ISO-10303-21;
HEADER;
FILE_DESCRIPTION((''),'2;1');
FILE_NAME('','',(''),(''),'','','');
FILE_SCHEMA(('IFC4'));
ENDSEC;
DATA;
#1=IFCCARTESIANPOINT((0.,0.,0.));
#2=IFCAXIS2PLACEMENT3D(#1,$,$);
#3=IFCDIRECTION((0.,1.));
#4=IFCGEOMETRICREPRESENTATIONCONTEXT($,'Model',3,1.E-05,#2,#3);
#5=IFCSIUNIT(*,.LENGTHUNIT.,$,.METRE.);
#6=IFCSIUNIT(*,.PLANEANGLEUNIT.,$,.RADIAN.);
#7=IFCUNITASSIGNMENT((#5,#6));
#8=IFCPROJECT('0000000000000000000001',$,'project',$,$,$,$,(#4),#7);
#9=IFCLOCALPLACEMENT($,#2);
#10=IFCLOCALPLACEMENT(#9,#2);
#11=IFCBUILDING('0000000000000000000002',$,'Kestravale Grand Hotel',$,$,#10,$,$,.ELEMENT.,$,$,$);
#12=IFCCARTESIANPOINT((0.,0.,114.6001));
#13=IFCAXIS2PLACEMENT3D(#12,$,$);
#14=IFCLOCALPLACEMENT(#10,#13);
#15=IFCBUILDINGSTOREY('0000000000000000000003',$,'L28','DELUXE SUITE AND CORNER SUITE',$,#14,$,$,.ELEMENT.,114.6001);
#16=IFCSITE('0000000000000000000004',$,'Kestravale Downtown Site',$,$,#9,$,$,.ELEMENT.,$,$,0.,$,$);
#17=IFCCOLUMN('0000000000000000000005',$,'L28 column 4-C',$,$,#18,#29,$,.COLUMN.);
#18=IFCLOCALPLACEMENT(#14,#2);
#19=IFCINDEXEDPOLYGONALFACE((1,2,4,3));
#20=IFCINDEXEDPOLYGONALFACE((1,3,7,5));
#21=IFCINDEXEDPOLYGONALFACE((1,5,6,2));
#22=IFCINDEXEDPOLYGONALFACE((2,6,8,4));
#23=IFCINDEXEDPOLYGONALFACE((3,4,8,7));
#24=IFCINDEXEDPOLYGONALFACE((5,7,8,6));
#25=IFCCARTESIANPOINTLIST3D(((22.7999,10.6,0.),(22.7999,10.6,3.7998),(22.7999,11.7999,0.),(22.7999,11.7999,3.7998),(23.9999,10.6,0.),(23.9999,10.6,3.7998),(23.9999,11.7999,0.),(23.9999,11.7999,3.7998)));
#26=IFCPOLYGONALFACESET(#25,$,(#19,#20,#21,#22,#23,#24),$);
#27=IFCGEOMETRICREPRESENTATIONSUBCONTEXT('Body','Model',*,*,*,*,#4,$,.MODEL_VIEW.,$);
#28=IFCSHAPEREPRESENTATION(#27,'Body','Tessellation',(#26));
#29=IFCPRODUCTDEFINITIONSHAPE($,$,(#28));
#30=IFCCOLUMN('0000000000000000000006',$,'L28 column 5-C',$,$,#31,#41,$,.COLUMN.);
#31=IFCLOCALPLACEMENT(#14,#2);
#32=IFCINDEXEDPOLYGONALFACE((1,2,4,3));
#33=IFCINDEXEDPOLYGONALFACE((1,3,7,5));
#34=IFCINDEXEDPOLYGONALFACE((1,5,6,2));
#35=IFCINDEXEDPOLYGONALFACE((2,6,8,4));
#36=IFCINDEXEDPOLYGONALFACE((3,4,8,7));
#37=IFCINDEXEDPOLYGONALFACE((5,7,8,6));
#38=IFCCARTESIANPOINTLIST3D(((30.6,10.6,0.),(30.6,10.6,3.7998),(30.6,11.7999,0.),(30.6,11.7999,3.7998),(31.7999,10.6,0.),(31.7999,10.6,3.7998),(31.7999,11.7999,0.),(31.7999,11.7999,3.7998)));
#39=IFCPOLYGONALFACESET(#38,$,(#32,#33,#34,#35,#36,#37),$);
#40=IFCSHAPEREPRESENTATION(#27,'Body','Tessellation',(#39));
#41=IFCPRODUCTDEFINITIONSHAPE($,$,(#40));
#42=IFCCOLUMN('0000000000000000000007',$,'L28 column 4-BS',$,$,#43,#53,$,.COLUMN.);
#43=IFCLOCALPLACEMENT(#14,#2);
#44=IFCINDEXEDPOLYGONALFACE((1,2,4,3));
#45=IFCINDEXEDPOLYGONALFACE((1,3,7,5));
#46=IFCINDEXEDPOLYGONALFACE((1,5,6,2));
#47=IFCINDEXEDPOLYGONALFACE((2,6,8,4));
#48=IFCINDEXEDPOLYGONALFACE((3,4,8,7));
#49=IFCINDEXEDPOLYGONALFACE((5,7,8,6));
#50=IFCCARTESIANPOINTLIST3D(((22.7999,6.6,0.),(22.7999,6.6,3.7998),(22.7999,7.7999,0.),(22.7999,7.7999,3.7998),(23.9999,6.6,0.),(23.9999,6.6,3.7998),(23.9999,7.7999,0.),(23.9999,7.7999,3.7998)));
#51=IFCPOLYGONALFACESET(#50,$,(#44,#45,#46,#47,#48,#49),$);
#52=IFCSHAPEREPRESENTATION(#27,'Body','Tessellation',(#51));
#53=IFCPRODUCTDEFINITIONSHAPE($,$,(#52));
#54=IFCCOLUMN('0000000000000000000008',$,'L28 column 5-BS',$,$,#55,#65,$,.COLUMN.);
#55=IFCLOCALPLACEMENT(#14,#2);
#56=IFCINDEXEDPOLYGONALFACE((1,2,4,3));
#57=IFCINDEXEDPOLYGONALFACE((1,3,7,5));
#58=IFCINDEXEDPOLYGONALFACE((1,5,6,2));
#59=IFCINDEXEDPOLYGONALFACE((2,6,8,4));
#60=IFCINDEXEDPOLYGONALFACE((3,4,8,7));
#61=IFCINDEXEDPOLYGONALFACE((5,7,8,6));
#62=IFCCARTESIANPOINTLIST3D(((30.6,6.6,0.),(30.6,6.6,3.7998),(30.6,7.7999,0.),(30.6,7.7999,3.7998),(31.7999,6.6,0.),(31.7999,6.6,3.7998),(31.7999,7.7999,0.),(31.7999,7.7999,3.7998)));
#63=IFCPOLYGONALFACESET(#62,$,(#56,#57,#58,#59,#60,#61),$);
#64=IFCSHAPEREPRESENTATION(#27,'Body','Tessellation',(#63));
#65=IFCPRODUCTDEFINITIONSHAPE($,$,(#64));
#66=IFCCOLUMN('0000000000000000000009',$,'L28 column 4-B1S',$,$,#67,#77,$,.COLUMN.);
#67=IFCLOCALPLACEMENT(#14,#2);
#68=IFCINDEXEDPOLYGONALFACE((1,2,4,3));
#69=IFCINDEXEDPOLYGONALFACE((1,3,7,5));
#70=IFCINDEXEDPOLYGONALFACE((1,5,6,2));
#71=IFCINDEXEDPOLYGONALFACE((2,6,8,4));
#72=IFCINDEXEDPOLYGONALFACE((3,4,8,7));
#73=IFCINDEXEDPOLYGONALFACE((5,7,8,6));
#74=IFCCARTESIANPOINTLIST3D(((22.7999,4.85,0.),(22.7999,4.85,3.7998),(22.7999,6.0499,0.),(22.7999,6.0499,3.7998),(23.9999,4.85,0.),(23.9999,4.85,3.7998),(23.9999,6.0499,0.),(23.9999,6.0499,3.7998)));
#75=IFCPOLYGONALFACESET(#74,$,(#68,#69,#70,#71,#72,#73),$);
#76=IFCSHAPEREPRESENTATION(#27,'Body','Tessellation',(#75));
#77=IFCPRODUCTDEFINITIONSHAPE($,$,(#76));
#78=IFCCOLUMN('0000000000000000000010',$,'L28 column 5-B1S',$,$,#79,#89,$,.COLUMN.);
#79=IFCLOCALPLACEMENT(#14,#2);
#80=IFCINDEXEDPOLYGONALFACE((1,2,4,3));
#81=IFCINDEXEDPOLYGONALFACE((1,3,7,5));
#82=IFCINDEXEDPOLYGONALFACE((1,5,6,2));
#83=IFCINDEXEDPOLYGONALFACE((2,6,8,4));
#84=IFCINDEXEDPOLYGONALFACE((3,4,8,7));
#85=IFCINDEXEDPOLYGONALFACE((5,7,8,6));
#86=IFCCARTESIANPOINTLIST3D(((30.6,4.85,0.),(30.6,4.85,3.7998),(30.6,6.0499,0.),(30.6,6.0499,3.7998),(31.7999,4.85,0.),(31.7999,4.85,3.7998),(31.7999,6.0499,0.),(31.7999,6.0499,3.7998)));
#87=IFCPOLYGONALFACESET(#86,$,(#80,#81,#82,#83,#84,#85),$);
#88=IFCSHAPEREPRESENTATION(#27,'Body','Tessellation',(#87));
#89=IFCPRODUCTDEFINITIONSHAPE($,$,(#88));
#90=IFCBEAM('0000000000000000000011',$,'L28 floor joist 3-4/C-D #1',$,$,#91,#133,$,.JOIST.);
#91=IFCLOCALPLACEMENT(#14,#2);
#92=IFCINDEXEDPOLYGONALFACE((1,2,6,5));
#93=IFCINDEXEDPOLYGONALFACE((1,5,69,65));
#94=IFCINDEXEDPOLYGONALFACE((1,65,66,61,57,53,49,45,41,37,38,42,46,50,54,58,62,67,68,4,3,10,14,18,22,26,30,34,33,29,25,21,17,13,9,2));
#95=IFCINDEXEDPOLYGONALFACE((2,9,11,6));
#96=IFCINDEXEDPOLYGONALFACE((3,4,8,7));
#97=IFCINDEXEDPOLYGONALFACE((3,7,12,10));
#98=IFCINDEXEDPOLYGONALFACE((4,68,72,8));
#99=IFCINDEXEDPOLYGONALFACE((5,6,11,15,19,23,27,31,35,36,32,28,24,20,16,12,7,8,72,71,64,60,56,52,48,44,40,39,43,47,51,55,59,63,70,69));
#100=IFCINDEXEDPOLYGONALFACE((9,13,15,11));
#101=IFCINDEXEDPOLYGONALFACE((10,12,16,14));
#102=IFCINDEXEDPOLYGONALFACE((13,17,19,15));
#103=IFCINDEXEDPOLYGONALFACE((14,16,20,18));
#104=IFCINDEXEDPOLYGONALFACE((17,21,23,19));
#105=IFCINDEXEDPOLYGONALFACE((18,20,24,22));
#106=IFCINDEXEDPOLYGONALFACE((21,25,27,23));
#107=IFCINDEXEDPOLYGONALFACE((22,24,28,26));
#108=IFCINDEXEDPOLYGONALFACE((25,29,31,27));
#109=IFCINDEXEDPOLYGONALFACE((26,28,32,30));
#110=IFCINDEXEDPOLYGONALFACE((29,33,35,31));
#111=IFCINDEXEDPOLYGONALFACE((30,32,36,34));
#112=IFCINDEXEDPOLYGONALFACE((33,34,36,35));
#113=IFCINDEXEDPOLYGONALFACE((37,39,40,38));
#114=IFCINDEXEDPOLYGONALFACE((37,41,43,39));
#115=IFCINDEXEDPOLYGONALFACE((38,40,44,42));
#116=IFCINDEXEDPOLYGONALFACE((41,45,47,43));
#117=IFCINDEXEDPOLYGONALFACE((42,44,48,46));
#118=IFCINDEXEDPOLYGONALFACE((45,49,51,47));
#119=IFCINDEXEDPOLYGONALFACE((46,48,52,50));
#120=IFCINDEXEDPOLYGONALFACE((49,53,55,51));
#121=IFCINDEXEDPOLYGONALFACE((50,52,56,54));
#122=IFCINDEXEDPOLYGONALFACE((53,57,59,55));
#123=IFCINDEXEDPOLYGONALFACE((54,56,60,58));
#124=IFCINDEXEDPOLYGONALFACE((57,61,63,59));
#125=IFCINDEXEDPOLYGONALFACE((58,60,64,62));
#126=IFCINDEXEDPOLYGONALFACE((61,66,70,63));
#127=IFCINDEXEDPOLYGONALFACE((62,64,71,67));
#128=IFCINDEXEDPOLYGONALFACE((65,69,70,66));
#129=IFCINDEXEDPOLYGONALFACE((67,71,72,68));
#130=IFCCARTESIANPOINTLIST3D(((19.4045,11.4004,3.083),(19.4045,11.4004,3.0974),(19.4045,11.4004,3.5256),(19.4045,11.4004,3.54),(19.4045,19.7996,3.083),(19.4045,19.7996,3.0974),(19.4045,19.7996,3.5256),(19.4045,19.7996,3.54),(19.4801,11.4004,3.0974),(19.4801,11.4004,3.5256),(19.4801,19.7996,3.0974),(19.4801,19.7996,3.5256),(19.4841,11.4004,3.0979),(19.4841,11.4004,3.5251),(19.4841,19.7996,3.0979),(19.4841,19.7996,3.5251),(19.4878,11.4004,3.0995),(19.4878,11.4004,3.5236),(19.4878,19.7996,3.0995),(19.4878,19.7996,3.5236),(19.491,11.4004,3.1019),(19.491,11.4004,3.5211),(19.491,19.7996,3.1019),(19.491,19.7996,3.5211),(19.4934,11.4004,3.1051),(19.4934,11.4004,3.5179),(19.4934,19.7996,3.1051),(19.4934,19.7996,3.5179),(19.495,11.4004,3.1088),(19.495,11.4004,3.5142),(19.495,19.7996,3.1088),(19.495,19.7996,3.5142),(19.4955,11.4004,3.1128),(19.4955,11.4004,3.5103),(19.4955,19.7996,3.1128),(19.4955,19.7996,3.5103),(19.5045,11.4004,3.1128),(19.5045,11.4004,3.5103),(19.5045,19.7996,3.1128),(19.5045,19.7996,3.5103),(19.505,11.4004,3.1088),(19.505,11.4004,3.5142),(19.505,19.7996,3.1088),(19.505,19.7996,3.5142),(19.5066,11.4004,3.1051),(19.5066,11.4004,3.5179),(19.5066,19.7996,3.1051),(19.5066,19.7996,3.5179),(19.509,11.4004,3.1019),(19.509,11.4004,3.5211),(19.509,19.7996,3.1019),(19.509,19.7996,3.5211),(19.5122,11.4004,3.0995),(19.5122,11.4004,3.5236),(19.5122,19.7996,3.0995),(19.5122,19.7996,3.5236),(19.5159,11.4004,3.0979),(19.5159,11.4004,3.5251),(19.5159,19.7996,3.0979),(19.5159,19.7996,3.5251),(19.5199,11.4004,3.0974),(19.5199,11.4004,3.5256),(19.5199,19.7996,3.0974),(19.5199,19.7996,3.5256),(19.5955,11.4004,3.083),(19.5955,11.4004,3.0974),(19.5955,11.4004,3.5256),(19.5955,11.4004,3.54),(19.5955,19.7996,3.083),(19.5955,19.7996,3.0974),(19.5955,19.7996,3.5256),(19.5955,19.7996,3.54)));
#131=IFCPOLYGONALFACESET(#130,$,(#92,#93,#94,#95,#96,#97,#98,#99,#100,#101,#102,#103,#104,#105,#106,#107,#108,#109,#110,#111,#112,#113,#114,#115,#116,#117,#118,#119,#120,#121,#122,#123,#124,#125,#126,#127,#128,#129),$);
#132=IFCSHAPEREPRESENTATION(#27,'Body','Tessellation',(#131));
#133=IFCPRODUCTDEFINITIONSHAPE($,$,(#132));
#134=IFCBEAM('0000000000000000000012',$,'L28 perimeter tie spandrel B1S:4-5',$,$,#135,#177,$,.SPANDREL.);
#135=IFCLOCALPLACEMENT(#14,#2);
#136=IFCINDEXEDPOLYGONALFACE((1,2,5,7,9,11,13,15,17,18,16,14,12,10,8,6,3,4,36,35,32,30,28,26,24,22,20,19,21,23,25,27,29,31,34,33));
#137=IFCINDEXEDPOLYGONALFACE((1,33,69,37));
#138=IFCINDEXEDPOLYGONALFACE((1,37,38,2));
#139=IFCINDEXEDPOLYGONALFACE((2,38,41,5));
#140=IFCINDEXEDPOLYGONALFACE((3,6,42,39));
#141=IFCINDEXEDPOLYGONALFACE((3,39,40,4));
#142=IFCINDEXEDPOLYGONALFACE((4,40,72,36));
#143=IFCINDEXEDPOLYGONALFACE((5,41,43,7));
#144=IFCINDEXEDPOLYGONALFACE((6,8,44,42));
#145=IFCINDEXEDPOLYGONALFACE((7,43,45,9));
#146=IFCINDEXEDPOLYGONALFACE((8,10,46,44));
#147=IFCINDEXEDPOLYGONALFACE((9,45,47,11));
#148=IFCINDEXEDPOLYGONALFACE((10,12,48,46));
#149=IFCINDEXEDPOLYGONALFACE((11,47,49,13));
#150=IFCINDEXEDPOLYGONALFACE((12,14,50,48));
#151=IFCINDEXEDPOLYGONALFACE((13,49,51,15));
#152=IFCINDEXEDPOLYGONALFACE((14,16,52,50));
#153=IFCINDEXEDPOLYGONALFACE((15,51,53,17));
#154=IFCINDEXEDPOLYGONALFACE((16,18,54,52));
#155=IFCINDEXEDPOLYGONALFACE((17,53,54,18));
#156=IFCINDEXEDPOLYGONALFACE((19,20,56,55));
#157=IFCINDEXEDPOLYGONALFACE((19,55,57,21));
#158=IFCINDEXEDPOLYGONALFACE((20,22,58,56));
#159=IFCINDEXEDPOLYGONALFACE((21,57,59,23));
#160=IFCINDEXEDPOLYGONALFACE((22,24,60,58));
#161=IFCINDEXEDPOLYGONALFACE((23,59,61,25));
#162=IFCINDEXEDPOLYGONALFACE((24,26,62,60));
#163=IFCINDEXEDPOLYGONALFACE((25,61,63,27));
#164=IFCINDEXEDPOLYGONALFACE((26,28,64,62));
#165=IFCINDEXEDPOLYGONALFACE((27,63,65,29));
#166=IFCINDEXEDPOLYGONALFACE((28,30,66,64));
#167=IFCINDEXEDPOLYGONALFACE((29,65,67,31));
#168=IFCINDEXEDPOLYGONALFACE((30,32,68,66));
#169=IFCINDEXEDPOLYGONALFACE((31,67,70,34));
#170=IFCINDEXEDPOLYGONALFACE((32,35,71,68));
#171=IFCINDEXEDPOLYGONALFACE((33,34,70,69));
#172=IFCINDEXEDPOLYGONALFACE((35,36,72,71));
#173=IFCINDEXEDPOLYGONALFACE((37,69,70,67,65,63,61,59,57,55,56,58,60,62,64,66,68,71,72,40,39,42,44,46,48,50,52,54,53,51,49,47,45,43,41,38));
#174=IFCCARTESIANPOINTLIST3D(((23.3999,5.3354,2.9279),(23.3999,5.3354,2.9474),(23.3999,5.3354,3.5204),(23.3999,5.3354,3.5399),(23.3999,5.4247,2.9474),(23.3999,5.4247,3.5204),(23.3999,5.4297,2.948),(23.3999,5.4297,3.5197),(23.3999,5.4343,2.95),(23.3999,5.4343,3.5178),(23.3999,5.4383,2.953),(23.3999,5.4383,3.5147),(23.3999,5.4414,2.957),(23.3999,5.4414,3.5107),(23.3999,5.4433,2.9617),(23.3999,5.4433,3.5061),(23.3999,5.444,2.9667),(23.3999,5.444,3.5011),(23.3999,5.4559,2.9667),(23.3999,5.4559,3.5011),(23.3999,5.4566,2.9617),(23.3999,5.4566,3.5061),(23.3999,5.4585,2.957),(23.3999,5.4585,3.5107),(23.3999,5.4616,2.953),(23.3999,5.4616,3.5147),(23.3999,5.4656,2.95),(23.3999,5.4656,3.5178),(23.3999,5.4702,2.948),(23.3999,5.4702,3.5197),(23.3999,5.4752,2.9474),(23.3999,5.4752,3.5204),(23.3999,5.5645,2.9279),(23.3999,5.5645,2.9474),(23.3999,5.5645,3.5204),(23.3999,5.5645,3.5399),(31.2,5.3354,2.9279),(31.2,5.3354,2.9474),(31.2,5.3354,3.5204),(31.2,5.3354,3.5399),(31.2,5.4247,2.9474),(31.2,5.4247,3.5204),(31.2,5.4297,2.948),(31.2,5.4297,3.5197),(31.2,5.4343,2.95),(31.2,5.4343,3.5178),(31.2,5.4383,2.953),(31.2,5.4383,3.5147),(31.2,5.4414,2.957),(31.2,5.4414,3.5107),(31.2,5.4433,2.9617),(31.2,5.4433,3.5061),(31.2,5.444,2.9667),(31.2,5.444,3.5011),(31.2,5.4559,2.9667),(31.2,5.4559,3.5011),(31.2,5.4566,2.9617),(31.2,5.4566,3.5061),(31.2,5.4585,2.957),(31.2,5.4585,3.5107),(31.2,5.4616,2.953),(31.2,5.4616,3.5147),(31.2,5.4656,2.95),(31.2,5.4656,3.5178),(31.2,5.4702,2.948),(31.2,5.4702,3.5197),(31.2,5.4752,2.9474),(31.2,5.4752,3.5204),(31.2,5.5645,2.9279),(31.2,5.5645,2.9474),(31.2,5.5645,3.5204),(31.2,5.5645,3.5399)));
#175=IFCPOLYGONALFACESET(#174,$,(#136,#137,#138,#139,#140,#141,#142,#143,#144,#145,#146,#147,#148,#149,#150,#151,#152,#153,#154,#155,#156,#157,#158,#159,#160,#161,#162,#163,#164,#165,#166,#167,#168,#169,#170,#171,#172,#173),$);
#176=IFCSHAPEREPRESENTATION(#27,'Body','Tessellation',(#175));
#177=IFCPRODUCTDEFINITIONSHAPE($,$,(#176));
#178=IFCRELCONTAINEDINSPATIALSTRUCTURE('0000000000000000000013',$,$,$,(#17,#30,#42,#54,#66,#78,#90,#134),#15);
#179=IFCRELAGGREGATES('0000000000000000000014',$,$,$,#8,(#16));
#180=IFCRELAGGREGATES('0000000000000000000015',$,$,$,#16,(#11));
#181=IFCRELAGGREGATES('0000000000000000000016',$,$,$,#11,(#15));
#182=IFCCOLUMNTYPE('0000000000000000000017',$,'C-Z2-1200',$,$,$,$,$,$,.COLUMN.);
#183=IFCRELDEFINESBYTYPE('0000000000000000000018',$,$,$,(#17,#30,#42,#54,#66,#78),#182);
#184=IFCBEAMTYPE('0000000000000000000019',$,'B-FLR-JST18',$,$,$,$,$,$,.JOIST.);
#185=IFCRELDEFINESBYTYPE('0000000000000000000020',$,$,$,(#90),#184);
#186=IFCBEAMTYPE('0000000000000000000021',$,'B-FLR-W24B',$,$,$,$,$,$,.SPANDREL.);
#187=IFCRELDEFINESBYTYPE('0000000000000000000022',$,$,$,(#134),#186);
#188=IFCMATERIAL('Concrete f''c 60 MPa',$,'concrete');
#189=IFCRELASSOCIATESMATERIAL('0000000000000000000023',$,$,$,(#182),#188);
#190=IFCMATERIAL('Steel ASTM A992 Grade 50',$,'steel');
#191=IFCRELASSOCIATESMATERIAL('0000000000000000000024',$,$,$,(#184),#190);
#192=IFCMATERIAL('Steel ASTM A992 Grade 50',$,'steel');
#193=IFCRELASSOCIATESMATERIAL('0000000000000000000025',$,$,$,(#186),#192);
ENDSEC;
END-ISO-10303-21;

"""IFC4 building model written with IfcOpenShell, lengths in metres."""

from ifc_helpers import new_model, si_unit, direction, frame, origin, origin_2d, place, context, subcontext, project, spatial, rectangle, i_section, extrude, material, material_profile, profile_set, type_object, element, save


model = new_model("IFC4")

# Units and contexts
model_context = context("Model", 3, precision=1e-05, world=origin(), true_north=direction((0.0, 1.0)))
body_context = subcontext(model_context, "Body", "Model", "MODEL_VIEW")
ifc_project = project(units=[si_unit("LENGTHUNIT", "METRE"), si_unit("PLANEANGLEUNIT", "RADIAN")], contexts=[model_context])

# Site, building, storey
site_placement = place(None, origin())
site = spatial("IfcSite", under=ifc_project, at=site_placement, Name="Kestravale Downtown Site", CompositionType="ELEMENT", RefElevation=0.0)
building_placement = place(site_placement, origin())
building = spatial("IfcBuilding", under=site, at=building_placement, Name="Kestravale Grand Hotel", CompositionType="ELEMENT")
storey_placement = place(building_placement, frame((0.0, 0.0, 114.6001)))
storey = spatial("IfcBuildingStorey", under=building, at=storey_placement, Name="L28", Description="DELUXE SUITE AND CORNER SUITE", CompositionType="ELEMENT", Elevation=114.6001)

# Columns
ifc_material_1 = material(Name="Concrete f'c 60 MPa", Category="concrete")
ifc_material_profile_1 = material_profile(ifc_material_1, rectangle(XDim=1.2, YDim=1.2, at=origin_2d()))
ifc_profile_set_1 = profile_set([ifc_material_profile_1], Name="Concrete f'c 60 MPa")
column_type = type_object("IfcColumnType", Name="C-Z2-1200", PredefinedType="COLUMN", material=ifc_profile_set_1)
for number, where, z_axis, x_axis, name in (
    (1, (23.3999, 11.2, 0.0), (0.0, 0.0, 1.0), (1.0, 0.0, 0.0), "L28 column 4-C"),
    (2, (31.2, 11.2, 0.0), (0.0, 0.0, 1.0), (1.0, 0.0, 0.0), "L28 column 5-C"),
    (3, (23.3999, 7.2, 0.0), (0.0, 0.0, 1.0), (1.0, 0.0, 0.0), "L28 column 4-BS"),
    (4, (31.2, 7.2, 0.0), (0.0, 0.0, 1.0), (1.0, 0.0, 0.0), "L28 column 5-BS"),
    (5, (23.3999, 5.45, 0.0), (0.0, 0.0, 1.0), (1.0, 0.0, 0.0), "L28 column 4-B1S"),
    (6, (31.2, 5.45, 0.0), (0.0, 0.0, 1.0), (1.0, 0.0, 0.0), "L28 column 5-B1S"),
):
    element("IfcColumn", number, at=place(storey_placement, frame(where, z_axis=z_axis, x_axis=x_axis)), inside=storey, type_object=column_type, Name=name, PredefinedType="COLUMN", context=body_context, shape_type="SweptSolid", body=[
        extrude(rectangle(XDim=1.2, YDim=1.2, at=origin_2d()), origin(), (0.0, 0.0, 1.0), 3.7998),
    ])

# Beams
ifc_material_2 = material(Name="Steel ASTM A992 Grade 50", Category="steel")
ifc_material_profile_2 = material_profile(ifc_material_2, i_section(OverallWidth=0.1909, OverallDepth=0.457, WebThickness=0.009, FlangeThickness=0.0144, FilletRadius=0.0154, at=origin_2d()))
ifc_profile_set_2 = profile_set([ifc_material_profile_2], Name="Steel ASTM A992 Grade 50")
beam_type_1 = type_object("IfcBeamType", Name="B-FLR-JST18", PredefinedType="JOIST", material=ifc_profile_set_2)
beam_1_placement = place(storey_placement, frame((19.5, 11.4004, 3.3115), z_axis=(0.0, 1.0, 0.0), x_axis=(-1.0, 0.0, 0.0)))
element("IfcBeam", 7, at=beam_1_placement, inside=storey, type_object=beam_type_1, Name="L28 floor joist 3-4/C-D #1", PredefinedType="JOIST", context=body_context, shape_type="SweptSolid", body=[
    extrude(i_section(OverallWidth=0.1909, OverallDepth=0.457, WebThickness=0.009, FlangeThickness=0.0144, FilletRadius=0.0154, at=origin_2d()), origin(), (0.0, 0.0, 1.0), 8.3992),
])
ifc_material_3 = material(Name="Steel ASTM A992 Grade 50", Category="steel")
ifc_material_profile_3 = material_profile(ifc_material_3, i_section(OverallWidth=0.229, OverallDepth=0.6121, WebThickness=0.012, FlangeThickness=0.0195, FilletRadius=0.0193, at=origin_2d()))
ifc_profile_set_3 = profile_set([ifc_material_profile_3], Name="Steel ASTM A992 Grade 50")
beam_type_2 = type_object("IfcBeamType", Name="B-FLR-W24B", PredefinedType="SPANDREL", material=ifc_profile_set_3)
for number, where, z_axis, x_axis, name in (
    (8, (23.3999, 5.45, 3.2339), (1.0, 0.0, 0.0), (0.0, 1.0, 0.0), "L28 perimeter tie spandrel B1S:4-5"),
):
    element("IfcBeam", number, at=place(storey_placement, frame(where, z_axis=z_axis, x_axis=x_axis)), inside=storey, type_object=beam_type_2, Name=name, PredefinedType="SPANDREL", context=body_context, shape_type="SweptSolid", body=[
        extrude(i_section(OverallWidth=0.229, OverallDepth=0.6121, WebThickness=0.012, FlangeThickness=0.0195, FilletRadius=0.0193, at=origin_2d()), origin(), (0.0, 0.0, 1.0), 7.8),
    ])

save(model, "model.ifc")
